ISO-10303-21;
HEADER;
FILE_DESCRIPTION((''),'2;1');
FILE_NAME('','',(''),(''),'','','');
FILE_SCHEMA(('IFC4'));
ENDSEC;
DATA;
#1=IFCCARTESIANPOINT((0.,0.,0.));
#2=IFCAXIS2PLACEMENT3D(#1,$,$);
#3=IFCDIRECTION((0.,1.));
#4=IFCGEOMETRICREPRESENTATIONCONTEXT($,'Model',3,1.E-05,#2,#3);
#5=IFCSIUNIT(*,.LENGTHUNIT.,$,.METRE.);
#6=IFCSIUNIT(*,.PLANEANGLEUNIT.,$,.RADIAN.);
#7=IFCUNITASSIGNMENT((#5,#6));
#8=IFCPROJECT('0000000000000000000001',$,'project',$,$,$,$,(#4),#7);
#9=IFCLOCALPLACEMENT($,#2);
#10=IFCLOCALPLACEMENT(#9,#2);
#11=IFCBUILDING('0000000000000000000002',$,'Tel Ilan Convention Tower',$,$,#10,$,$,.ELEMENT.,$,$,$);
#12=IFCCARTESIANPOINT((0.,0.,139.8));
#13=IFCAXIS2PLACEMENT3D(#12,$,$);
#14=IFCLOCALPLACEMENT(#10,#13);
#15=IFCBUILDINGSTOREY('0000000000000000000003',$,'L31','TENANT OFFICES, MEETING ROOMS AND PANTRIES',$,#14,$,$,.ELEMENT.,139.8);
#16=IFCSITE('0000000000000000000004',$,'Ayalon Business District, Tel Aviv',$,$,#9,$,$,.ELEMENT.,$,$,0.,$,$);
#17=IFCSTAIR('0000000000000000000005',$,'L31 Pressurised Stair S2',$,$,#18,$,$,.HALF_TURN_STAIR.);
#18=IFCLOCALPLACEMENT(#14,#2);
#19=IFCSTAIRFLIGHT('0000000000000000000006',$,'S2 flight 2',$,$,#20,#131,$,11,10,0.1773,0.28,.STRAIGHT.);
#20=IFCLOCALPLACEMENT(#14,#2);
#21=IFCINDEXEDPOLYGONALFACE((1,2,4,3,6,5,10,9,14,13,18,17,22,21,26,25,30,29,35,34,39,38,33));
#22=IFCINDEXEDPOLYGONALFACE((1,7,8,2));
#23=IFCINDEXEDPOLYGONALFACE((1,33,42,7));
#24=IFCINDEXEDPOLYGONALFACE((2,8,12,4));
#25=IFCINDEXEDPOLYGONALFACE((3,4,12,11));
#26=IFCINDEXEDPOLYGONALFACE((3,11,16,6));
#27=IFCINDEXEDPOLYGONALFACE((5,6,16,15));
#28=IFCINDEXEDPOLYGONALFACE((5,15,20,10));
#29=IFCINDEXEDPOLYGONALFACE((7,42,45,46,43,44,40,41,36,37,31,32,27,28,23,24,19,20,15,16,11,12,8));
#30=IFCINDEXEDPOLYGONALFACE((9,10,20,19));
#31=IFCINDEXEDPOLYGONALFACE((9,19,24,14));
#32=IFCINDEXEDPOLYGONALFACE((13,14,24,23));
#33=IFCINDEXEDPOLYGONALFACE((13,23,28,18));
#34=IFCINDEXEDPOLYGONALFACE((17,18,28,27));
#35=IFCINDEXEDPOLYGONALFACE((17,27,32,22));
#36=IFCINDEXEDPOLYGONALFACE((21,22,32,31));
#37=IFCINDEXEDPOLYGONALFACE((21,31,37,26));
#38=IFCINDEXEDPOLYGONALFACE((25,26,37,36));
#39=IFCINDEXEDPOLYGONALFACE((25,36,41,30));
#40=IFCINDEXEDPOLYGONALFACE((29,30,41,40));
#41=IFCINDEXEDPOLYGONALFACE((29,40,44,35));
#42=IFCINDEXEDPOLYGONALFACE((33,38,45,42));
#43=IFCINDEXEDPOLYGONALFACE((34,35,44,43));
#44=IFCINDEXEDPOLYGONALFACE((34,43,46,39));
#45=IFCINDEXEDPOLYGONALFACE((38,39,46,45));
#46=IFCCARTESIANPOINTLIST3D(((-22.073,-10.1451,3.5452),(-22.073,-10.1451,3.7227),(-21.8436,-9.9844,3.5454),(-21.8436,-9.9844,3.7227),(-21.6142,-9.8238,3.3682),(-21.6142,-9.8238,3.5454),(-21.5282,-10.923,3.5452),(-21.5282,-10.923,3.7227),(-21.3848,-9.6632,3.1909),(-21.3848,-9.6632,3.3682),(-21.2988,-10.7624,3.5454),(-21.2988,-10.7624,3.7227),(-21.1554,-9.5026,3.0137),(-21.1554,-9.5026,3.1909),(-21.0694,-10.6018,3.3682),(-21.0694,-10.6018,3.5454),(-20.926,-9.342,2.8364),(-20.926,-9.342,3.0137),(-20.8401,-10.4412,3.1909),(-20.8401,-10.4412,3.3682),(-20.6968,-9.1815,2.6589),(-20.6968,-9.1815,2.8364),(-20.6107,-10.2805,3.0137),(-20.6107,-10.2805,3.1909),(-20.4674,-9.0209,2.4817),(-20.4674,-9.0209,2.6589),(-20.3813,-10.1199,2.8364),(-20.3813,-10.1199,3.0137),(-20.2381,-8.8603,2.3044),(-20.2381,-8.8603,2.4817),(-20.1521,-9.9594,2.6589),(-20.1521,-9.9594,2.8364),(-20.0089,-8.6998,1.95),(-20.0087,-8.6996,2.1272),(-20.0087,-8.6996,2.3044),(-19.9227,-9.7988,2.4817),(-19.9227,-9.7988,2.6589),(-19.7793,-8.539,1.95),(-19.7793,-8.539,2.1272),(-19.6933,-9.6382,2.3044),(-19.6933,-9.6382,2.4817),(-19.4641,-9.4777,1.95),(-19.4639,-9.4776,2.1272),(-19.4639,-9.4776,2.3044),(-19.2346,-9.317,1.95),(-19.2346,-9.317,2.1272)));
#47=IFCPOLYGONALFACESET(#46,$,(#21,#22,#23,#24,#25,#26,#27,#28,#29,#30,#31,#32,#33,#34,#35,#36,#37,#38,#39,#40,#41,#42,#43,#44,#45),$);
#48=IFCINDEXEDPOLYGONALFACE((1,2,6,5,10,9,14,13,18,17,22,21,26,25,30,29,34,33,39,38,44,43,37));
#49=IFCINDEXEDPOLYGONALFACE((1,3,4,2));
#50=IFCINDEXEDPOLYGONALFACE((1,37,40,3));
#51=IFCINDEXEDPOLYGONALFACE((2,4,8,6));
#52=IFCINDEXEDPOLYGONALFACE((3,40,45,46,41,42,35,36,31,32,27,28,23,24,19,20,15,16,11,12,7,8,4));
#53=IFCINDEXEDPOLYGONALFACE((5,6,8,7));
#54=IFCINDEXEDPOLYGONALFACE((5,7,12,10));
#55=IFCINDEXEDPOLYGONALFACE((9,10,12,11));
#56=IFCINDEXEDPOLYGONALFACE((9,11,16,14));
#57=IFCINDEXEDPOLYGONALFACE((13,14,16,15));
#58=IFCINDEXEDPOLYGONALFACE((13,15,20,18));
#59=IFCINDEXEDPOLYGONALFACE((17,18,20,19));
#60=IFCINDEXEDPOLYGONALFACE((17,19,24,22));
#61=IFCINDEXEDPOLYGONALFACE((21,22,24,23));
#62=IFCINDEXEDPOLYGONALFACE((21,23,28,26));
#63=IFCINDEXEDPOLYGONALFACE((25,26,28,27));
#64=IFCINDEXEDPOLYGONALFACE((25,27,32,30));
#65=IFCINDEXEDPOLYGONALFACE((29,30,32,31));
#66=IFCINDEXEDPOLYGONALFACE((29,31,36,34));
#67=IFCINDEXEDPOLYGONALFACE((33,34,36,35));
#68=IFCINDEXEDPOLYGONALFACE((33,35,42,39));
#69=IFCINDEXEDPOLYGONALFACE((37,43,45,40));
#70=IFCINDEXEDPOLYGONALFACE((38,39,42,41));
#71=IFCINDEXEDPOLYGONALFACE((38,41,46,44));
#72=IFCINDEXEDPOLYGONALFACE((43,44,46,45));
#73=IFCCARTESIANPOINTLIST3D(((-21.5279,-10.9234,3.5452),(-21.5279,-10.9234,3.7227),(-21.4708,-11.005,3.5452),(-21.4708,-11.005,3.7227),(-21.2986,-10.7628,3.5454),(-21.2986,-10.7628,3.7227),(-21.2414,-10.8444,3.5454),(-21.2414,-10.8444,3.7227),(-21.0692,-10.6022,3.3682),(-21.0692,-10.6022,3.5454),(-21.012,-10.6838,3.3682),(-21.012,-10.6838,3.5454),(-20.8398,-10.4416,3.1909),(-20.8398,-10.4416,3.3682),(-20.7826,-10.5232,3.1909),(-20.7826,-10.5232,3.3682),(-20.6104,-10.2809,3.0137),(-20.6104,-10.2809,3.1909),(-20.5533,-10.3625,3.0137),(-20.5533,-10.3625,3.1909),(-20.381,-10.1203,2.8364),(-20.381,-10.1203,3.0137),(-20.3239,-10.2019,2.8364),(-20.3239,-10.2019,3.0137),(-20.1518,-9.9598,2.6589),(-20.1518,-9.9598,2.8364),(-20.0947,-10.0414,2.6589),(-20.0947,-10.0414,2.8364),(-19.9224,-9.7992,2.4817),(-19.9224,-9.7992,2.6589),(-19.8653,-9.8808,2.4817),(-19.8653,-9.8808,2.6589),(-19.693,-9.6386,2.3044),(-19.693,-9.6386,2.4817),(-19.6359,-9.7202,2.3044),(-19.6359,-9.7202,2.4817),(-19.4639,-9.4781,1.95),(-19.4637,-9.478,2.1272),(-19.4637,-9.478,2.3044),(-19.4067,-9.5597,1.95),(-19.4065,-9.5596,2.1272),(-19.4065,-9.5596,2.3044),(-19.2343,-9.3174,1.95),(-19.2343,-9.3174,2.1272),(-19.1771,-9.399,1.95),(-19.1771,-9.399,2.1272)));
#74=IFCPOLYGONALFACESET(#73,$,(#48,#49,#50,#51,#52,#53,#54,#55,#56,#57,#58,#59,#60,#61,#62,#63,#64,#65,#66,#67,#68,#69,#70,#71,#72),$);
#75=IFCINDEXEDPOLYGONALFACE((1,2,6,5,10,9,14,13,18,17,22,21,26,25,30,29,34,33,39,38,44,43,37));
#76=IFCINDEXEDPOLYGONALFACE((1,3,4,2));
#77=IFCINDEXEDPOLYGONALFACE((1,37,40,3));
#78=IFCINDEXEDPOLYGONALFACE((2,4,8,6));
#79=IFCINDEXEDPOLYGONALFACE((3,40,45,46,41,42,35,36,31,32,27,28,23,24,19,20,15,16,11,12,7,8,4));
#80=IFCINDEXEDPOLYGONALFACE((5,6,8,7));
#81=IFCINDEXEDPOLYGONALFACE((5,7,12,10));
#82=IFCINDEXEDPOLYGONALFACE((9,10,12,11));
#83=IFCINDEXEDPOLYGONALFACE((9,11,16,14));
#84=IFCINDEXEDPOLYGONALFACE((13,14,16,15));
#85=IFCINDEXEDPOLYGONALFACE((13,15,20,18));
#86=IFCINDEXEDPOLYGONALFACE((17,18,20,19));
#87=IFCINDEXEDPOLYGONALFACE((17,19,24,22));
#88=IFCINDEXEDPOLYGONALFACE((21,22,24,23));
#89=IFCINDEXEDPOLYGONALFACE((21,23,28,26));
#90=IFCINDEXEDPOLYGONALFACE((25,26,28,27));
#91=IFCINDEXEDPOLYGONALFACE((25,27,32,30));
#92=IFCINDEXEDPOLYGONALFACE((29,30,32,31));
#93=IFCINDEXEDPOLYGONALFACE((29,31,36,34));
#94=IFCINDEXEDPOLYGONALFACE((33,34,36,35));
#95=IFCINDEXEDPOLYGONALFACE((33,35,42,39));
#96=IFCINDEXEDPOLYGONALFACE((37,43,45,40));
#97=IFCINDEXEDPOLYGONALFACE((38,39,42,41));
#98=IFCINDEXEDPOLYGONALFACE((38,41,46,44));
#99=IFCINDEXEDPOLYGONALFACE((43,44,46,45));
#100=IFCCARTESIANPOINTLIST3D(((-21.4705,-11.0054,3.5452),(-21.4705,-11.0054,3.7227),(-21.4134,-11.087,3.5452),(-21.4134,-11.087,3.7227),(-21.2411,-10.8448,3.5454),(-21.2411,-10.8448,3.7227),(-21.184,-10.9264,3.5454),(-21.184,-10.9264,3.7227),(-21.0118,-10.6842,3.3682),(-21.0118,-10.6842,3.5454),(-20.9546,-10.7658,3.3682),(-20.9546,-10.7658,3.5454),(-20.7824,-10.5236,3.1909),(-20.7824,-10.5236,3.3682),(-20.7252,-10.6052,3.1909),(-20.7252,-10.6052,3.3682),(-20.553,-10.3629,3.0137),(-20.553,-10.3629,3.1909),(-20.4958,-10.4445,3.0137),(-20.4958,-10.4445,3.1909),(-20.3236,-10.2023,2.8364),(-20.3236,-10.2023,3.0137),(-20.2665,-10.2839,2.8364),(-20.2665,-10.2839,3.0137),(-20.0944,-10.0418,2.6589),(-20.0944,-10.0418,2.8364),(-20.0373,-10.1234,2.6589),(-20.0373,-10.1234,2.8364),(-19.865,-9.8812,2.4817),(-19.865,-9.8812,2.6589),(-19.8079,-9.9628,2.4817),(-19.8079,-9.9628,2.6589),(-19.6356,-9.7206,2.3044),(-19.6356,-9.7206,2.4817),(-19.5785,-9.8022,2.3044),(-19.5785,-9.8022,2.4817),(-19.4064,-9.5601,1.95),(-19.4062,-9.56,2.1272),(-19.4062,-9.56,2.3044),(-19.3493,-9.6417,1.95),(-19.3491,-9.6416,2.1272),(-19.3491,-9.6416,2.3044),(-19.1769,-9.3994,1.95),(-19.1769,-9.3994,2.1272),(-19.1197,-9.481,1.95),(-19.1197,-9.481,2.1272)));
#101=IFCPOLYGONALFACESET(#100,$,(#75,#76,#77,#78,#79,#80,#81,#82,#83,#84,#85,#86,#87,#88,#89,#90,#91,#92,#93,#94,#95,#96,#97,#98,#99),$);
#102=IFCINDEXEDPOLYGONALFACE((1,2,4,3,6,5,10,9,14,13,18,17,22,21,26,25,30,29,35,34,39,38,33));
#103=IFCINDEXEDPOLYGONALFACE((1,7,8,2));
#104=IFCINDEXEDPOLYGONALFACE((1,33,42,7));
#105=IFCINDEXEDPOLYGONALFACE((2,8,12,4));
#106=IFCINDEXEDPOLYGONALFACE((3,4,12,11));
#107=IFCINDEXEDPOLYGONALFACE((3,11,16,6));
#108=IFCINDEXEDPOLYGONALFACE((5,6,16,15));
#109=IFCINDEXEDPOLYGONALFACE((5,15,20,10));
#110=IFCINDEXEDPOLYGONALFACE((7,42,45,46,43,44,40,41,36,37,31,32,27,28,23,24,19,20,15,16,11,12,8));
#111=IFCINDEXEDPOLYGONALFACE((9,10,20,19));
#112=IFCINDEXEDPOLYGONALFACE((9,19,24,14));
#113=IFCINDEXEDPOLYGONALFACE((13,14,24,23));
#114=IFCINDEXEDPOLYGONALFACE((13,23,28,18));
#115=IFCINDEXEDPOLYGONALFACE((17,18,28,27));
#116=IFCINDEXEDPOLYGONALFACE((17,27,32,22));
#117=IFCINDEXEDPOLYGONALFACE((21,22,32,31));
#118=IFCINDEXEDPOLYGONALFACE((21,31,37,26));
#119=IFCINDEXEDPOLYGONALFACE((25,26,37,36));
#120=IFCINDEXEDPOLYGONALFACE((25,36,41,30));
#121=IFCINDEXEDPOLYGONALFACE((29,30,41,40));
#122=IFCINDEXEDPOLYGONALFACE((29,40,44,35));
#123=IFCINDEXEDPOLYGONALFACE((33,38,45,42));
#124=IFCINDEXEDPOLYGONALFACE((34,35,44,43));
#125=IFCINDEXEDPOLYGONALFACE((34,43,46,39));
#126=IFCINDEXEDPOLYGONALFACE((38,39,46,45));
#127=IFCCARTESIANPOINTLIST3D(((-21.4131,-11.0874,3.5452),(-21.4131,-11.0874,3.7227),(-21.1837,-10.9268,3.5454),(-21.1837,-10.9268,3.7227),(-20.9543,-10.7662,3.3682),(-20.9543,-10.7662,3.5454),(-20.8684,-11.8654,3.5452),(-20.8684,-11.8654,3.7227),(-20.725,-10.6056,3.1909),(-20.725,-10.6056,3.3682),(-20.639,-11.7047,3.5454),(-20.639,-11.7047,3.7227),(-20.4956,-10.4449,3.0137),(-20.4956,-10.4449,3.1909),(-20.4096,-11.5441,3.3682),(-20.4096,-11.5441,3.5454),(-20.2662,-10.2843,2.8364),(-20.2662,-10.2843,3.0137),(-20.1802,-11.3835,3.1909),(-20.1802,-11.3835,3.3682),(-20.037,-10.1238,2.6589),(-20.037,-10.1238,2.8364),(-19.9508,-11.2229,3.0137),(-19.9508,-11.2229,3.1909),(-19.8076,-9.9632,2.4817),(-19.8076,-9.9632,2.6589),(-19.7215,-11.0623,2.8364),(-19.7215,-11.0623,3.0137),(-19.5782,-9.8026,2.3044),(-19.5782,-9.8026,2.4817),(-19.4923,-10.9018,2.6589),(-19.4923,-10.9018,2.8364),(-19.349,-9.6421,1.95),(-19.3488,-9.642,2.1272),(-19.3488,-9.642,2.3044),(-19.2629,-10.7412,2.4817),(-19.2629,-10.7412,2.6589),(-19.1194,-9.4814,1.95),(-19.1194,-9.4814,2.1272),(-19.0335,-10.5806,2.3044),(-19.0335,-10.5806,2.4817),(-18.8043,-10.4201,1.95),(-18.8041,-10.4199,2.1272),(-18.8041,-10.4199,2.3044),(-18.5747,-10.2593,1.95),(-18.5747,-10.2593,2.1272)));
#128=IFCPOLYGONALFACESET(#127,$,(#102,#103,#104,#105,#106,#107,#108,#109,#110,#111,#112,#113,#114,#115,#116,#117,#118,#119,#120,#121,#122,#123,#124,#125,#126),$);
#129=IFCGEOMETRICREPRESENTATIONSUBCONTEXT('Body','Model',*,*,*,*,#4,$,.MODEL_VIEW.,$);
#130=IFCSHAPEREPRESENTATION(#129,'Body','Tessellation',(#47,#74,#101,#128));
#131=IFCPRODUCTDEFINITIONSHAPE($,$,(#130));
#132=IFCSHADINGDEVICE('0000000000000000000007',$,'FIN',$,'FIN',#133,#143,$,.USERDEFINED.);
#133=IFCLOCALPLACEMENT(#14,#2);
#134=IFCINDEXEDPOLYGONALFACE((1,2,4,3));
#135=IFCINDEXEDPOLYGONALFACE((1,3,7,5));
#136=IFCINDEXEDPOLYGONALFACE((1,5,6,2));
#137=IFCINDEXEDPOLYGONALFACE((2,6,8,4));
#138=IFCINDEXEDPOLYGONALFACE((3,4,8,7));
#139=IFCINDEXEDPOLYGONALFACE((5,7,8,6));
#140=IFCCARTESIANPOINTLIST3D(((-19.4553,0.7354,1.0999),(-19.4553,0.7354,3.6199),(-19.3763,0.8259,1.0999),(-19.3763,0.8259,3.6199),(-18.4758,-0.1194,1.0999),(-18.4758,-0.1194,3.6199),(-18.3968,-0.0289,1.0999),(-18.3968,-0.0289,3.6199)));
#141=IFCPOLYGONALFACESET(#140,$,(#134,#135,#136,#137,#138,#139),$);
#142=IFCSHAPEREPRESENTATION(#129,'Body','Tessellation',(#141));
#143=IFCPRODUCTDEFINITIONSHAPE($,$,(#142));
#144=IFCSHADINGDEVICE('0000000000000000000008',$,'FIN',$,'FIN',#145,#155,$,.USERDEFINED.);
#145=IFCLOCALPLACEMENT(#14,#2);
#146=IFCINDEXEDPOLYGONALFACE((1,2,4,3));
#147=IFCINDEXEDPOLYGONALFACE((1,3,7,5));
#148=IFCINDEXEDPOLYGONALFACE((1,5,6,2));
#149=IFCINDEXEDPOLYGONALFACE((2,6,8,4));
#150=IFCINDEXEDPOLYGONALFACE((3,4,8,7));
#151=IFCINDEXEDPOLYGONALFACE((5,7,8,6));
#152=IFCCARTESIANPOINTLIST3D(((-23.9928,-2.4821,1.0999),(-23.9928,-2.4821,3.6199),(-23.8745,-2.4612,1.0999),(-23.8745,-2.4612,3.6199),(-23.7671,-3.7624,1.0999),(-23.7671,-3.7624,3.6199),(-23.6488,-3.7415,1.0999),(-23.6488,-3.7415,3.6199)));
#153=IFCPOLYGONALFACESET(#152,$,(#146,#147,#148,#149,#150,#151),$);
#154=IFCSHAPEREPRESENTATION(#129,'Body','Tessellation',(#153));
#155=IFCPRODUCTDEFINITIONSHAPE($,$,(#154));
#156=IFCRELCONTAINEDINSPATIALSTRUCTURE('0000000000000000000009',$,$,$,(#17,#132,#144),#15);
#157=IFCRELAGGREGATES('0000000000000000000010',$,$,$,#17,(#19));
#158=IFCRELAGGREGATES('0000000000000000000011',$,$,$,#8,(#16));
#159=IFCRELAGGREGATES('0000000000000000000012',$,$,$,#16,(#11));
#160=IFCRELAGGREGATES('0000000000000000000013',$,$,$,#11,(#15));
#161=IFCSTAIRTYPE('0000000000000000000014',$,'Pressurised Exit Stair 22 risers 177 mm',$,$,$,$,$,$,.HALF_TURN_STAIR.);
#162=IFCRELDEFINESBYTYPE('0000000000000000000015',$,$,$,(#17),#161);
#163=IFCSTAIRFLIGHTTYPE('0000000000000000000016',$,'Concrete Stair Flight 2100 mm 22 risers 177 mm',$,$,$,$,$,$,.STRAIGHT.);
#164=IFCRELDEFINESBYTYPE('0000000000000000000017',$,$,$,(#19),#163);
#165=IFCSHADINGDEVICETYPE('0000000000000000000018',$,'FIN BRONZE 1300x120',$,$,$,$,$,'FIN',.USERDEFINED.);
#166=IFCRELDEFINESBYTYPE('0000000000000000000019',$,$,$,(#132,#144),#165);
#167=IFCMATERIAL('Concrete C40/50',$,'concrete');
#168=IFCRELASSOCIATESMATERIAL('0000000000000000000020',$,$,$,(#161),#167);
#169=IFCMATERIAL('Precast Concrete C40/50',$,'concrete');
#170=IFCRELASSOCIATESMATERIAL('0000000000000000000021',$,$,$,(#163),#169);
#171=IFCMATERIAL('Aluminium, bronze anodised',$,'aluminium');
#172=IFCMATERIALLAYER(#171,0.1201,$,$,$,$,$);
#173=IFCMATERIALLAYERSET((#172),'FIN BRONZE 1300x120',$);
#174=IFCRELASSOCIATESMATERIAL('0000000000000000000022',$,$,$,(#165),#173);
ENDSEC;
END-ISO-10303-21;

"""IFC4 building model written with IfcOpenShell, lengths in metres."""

from ifc_helpers import new_model, si_unit, direction, frame, origin, origin_2d, place, context, subcontext, project, spatial, polyline, rectangle, outline, extrude, material, layer, layer_set, type_object, element, aggregate, save


model = new_model("IFC4")

# Units and contexts
model_context = context("Model", 3, precision=1e-05, world=origin(), true_north=direction((0.0, 1.0)))
body_context = subcontext(model_context, "Body", "Model", "MODEL_VIEW")
ifc_project = project(units=[si_unit("LENGTHUNIT", "METRE"), si_unit("PLANEANGLEUNIT", "RADIAN")], contexts=[model_context])

# Site, building, storey
site_placement = place(None, origin())
site = spatial("IfcSite", under=ifc_project, at=site_placement, Name="Ayalon Business District, Tel Aviv", CompositionType="ELEMENT", RefElevation=0.0)
building_placement = place(site_placement, origin())
building = spatial("IfcBuilding", under=site, at=building_placement, Name="Tel Ilan Convention Tower", CompositionType="ELEMENT")
storey_placement = place(building_placement, frame((0.0, 0.0, 139.8)))
storey = spatial("IfcBuildingStorey", under=building, at=storey_placement, Name="L31", Description="TENANT OFFICES, MEETING ROOMS AND PANTRIES", CompositionType="ELEMENT", Elevation=139.8)

# Stair, stair flight
ifc_material_1 = material(Name="Concrete C40/50", Category="concrete")
stair_type = type_object("IfcStairType", Name="Pressurised Exit Stair 22 risers 177 mm", PredefinedType="HALF_TURN_STAIR", material=ifc_material_1)
ifc_material_2 = material(Name="Precast Concrete C40/50", Category="concrete")
stair_flight_type = type_object("IfcStairFlightType", Name="Concrete Stair Flight 2100 mm 22 risers 177 mm", PredefinedType="STRAIGHT", material=ifc_material_2)
stair_1_placement = place(storey_placement, origin())
stair_1 = element("IfcStair", 1, at=stair_1_placement, inside=storey, type_object=stair_type, Name="L31 Pressurised Stair S2", PredefinedType="HALF_TURN_STAIR")
stair_flight_1_placement = place(storey_placement, frame((-19.177, -9.3992, 1.95), z_axis=(0.0, 0.0, 1.0), x_axis=(-0.819152, -0.573576, 0.0)))
stair_flight_1 = element("IfcStairFlight", 2, at=stair_flight_1_placement, type_object=stair_flight_type, Name="S2 flight 2", NumberOfRisers=11, NumberOfTreads=10, PredefinedType="STRAIGHT", RiserHeight=0.1773, TreadLength=0.28, context=body_context, shape_type="SweptSolid", body=[
    extrude(outline(polyline([(0.0, 0.0), (0.0, 0.1772), (0.28, 0.1772), (0.28, 0.3545), (0.5601, 0.3545), (0.5601, 0.5317), (0.8401, 0.5317), (0.8401, 0.709), (1.1201, 0.709), (1.1201, 0.8865), (1.3999, 0.8865), (1.3999, 1.0637), (1.6799, 1.0637), (1.6799, 1.241), (1.96, 1.241), (1.96, 1.4182), (2.24, 1.4182), (2.24, 1.5955), (2.52, 1.5955), (2.52, 1.7727), (2.8, 1.7727), (2.8, 1.95), (2.8, 1.5952), (0.2803, 0.0), (0.0, 0.0)])), frame((0.0, -0.1003, 0.0), z_axis=(0.0, -1.0, 0.0), x_axis=(1.0, 0.0, 0.0)), (0.0, 0.0, 1.0), 0.9497),
    extrude(outline(polyline([(0.0, 0.0), (0.0, 0.1772), (0.28, 0.1772), (0.28, 0.3545), (0.5601, 0.3545), (0.5601, 0.5317), (0.8401, 0.5317), (0.8401, 0.709), (1.1201, 0.709), (1.1201, 0.8865), (1.3999, 0.8865), (1.3999, 1.0637), (1.6799, 1.0637), (1.6799, 1.241), (1.96, 1.241), (1.96, 1.4182), (2.24, 1.4182), (2.24, 1.5955), (2.52, 1.5955), (2.52, 1.7727), (2.8, 1.7727), (2.8, 1.95), (2.8, 1.5952), (0.2803, 0.0), (0.0, 0.0)])), frame((0.0, -0.0002, 0.0), z_axis=(0.0, -1.0, 0.0), x_axis=(1.0, 0.0, 0.0)), (0.0, 0.0, 1.0), 0.0996),
    extrude(outline(polyline([(0.0, 0.0), (0.0, 0.1772), (0.28, 0.1772), (0.28, 0.3545), (0.5601, 0.3545), (0.5601, 0.5317), (0.8401, 0.5317), (0.8401, 0.709), (1.1201, 0.709), (1.1201, 0.8865), (1.3999, 0.8865), (1.3999, 1.0637), (1.6799, 1.0637), (1.6799, 1.241), (1.96, 1.241), (1.96, 1.4182), (2.24, 1.4182), (2.24, 1.5955), (2.52, 1.5955), (2.52, 1.7727), (2.8, 1.7727), (2.8, 1.95), (2.8, 1.5952), (0.2803, 0.0), (0.0, 0.0)])), frame((0.0, 0.0999, 0.0), z_axis=(0.0, -1.0, 0.0), x_axis=(1.0, 0.0, 0.0)), (0.0, 0.0, 1.0), 0.0996),
    extrude(outline(polyline([(0.0, 0.0), (0.0, 0.1772), (0.28, 0.1772), (0.28, 0.3545), (0.5601, 0.3545), (0.5601, 0.5317), (0.8401, 0.5317), (0.8401, 0.709), (1.1201, 0.709), (1.1201, 0.8865), (1.3999, 0.8865), (1.3999, 1.0637), (1.6799, 1.0637), (1.6799, 1.241), (1.96, 1.241), (1.96, 1.4182), (2.24, 1.4182), (2.24, 1.5955), (2.52, 1.5955), (2.52, 1.7727), (2.8, 1.7727), (2.8, 1.95), (2.8, 1.5952), (0.2803, 0.0), (0.0, 0.0)])), frame((0.0, 1.05, 0.0), z_axis=(0.0, -1.0, 0.0), x_axis=(1.0, 0.0, 0.0)), (0.0, 0.0, 1.0), 0.9497),
])
aggregate(stair_1, [stair_flight_1])

# Shading devices
ifc_material_3 = material(Name="Aluminium, bronze anodised", Category="aluminium")
ifc_layer_1 = layer(ifc_material_3, 0.1201)
ifc_layer_set_1 = layer_set([ifc_layer_1], Name="FIN BRONZE 1300x120")
shading_device_type = type_object("IfcShadingDeviceType", Name="FIN BRONZE 1300x120", ElementType="FIN", PredefinedType="USERDEFINED", material=ifc_layer_set_1)
for number, where, z_axis, x_axis, name in (
    (3, (-18.926, 0.3533, 1.0999), (0.0, 0.0, 1.0), (-0.753436, 0.657521, 0.0), "FIN"),
    (4, (-23.8208, -3.1118, 1.0999), (0.0, 0.0, 1.0), (-0.173648, 0.984808, 0.0), "FIN"),
):
    element("IfcShadingDevice", number, at=place(storey_placement, frame(where, z_axis=z_axis, x_axis=x_axis)), inside=storey, type_object=shading_device_type, Name=name, ObjectType="FIN", PredefinedType="USERDEFINED", context=body_context, shape_type="SweptSolid", body=[
        extrude(rectangle(XDim=1.3, YDim=0.1201, at=origin_2d()), origin(), (0.0, 0.0, 1.0), 2.52),
    ])

save(model, "model.ifc")
